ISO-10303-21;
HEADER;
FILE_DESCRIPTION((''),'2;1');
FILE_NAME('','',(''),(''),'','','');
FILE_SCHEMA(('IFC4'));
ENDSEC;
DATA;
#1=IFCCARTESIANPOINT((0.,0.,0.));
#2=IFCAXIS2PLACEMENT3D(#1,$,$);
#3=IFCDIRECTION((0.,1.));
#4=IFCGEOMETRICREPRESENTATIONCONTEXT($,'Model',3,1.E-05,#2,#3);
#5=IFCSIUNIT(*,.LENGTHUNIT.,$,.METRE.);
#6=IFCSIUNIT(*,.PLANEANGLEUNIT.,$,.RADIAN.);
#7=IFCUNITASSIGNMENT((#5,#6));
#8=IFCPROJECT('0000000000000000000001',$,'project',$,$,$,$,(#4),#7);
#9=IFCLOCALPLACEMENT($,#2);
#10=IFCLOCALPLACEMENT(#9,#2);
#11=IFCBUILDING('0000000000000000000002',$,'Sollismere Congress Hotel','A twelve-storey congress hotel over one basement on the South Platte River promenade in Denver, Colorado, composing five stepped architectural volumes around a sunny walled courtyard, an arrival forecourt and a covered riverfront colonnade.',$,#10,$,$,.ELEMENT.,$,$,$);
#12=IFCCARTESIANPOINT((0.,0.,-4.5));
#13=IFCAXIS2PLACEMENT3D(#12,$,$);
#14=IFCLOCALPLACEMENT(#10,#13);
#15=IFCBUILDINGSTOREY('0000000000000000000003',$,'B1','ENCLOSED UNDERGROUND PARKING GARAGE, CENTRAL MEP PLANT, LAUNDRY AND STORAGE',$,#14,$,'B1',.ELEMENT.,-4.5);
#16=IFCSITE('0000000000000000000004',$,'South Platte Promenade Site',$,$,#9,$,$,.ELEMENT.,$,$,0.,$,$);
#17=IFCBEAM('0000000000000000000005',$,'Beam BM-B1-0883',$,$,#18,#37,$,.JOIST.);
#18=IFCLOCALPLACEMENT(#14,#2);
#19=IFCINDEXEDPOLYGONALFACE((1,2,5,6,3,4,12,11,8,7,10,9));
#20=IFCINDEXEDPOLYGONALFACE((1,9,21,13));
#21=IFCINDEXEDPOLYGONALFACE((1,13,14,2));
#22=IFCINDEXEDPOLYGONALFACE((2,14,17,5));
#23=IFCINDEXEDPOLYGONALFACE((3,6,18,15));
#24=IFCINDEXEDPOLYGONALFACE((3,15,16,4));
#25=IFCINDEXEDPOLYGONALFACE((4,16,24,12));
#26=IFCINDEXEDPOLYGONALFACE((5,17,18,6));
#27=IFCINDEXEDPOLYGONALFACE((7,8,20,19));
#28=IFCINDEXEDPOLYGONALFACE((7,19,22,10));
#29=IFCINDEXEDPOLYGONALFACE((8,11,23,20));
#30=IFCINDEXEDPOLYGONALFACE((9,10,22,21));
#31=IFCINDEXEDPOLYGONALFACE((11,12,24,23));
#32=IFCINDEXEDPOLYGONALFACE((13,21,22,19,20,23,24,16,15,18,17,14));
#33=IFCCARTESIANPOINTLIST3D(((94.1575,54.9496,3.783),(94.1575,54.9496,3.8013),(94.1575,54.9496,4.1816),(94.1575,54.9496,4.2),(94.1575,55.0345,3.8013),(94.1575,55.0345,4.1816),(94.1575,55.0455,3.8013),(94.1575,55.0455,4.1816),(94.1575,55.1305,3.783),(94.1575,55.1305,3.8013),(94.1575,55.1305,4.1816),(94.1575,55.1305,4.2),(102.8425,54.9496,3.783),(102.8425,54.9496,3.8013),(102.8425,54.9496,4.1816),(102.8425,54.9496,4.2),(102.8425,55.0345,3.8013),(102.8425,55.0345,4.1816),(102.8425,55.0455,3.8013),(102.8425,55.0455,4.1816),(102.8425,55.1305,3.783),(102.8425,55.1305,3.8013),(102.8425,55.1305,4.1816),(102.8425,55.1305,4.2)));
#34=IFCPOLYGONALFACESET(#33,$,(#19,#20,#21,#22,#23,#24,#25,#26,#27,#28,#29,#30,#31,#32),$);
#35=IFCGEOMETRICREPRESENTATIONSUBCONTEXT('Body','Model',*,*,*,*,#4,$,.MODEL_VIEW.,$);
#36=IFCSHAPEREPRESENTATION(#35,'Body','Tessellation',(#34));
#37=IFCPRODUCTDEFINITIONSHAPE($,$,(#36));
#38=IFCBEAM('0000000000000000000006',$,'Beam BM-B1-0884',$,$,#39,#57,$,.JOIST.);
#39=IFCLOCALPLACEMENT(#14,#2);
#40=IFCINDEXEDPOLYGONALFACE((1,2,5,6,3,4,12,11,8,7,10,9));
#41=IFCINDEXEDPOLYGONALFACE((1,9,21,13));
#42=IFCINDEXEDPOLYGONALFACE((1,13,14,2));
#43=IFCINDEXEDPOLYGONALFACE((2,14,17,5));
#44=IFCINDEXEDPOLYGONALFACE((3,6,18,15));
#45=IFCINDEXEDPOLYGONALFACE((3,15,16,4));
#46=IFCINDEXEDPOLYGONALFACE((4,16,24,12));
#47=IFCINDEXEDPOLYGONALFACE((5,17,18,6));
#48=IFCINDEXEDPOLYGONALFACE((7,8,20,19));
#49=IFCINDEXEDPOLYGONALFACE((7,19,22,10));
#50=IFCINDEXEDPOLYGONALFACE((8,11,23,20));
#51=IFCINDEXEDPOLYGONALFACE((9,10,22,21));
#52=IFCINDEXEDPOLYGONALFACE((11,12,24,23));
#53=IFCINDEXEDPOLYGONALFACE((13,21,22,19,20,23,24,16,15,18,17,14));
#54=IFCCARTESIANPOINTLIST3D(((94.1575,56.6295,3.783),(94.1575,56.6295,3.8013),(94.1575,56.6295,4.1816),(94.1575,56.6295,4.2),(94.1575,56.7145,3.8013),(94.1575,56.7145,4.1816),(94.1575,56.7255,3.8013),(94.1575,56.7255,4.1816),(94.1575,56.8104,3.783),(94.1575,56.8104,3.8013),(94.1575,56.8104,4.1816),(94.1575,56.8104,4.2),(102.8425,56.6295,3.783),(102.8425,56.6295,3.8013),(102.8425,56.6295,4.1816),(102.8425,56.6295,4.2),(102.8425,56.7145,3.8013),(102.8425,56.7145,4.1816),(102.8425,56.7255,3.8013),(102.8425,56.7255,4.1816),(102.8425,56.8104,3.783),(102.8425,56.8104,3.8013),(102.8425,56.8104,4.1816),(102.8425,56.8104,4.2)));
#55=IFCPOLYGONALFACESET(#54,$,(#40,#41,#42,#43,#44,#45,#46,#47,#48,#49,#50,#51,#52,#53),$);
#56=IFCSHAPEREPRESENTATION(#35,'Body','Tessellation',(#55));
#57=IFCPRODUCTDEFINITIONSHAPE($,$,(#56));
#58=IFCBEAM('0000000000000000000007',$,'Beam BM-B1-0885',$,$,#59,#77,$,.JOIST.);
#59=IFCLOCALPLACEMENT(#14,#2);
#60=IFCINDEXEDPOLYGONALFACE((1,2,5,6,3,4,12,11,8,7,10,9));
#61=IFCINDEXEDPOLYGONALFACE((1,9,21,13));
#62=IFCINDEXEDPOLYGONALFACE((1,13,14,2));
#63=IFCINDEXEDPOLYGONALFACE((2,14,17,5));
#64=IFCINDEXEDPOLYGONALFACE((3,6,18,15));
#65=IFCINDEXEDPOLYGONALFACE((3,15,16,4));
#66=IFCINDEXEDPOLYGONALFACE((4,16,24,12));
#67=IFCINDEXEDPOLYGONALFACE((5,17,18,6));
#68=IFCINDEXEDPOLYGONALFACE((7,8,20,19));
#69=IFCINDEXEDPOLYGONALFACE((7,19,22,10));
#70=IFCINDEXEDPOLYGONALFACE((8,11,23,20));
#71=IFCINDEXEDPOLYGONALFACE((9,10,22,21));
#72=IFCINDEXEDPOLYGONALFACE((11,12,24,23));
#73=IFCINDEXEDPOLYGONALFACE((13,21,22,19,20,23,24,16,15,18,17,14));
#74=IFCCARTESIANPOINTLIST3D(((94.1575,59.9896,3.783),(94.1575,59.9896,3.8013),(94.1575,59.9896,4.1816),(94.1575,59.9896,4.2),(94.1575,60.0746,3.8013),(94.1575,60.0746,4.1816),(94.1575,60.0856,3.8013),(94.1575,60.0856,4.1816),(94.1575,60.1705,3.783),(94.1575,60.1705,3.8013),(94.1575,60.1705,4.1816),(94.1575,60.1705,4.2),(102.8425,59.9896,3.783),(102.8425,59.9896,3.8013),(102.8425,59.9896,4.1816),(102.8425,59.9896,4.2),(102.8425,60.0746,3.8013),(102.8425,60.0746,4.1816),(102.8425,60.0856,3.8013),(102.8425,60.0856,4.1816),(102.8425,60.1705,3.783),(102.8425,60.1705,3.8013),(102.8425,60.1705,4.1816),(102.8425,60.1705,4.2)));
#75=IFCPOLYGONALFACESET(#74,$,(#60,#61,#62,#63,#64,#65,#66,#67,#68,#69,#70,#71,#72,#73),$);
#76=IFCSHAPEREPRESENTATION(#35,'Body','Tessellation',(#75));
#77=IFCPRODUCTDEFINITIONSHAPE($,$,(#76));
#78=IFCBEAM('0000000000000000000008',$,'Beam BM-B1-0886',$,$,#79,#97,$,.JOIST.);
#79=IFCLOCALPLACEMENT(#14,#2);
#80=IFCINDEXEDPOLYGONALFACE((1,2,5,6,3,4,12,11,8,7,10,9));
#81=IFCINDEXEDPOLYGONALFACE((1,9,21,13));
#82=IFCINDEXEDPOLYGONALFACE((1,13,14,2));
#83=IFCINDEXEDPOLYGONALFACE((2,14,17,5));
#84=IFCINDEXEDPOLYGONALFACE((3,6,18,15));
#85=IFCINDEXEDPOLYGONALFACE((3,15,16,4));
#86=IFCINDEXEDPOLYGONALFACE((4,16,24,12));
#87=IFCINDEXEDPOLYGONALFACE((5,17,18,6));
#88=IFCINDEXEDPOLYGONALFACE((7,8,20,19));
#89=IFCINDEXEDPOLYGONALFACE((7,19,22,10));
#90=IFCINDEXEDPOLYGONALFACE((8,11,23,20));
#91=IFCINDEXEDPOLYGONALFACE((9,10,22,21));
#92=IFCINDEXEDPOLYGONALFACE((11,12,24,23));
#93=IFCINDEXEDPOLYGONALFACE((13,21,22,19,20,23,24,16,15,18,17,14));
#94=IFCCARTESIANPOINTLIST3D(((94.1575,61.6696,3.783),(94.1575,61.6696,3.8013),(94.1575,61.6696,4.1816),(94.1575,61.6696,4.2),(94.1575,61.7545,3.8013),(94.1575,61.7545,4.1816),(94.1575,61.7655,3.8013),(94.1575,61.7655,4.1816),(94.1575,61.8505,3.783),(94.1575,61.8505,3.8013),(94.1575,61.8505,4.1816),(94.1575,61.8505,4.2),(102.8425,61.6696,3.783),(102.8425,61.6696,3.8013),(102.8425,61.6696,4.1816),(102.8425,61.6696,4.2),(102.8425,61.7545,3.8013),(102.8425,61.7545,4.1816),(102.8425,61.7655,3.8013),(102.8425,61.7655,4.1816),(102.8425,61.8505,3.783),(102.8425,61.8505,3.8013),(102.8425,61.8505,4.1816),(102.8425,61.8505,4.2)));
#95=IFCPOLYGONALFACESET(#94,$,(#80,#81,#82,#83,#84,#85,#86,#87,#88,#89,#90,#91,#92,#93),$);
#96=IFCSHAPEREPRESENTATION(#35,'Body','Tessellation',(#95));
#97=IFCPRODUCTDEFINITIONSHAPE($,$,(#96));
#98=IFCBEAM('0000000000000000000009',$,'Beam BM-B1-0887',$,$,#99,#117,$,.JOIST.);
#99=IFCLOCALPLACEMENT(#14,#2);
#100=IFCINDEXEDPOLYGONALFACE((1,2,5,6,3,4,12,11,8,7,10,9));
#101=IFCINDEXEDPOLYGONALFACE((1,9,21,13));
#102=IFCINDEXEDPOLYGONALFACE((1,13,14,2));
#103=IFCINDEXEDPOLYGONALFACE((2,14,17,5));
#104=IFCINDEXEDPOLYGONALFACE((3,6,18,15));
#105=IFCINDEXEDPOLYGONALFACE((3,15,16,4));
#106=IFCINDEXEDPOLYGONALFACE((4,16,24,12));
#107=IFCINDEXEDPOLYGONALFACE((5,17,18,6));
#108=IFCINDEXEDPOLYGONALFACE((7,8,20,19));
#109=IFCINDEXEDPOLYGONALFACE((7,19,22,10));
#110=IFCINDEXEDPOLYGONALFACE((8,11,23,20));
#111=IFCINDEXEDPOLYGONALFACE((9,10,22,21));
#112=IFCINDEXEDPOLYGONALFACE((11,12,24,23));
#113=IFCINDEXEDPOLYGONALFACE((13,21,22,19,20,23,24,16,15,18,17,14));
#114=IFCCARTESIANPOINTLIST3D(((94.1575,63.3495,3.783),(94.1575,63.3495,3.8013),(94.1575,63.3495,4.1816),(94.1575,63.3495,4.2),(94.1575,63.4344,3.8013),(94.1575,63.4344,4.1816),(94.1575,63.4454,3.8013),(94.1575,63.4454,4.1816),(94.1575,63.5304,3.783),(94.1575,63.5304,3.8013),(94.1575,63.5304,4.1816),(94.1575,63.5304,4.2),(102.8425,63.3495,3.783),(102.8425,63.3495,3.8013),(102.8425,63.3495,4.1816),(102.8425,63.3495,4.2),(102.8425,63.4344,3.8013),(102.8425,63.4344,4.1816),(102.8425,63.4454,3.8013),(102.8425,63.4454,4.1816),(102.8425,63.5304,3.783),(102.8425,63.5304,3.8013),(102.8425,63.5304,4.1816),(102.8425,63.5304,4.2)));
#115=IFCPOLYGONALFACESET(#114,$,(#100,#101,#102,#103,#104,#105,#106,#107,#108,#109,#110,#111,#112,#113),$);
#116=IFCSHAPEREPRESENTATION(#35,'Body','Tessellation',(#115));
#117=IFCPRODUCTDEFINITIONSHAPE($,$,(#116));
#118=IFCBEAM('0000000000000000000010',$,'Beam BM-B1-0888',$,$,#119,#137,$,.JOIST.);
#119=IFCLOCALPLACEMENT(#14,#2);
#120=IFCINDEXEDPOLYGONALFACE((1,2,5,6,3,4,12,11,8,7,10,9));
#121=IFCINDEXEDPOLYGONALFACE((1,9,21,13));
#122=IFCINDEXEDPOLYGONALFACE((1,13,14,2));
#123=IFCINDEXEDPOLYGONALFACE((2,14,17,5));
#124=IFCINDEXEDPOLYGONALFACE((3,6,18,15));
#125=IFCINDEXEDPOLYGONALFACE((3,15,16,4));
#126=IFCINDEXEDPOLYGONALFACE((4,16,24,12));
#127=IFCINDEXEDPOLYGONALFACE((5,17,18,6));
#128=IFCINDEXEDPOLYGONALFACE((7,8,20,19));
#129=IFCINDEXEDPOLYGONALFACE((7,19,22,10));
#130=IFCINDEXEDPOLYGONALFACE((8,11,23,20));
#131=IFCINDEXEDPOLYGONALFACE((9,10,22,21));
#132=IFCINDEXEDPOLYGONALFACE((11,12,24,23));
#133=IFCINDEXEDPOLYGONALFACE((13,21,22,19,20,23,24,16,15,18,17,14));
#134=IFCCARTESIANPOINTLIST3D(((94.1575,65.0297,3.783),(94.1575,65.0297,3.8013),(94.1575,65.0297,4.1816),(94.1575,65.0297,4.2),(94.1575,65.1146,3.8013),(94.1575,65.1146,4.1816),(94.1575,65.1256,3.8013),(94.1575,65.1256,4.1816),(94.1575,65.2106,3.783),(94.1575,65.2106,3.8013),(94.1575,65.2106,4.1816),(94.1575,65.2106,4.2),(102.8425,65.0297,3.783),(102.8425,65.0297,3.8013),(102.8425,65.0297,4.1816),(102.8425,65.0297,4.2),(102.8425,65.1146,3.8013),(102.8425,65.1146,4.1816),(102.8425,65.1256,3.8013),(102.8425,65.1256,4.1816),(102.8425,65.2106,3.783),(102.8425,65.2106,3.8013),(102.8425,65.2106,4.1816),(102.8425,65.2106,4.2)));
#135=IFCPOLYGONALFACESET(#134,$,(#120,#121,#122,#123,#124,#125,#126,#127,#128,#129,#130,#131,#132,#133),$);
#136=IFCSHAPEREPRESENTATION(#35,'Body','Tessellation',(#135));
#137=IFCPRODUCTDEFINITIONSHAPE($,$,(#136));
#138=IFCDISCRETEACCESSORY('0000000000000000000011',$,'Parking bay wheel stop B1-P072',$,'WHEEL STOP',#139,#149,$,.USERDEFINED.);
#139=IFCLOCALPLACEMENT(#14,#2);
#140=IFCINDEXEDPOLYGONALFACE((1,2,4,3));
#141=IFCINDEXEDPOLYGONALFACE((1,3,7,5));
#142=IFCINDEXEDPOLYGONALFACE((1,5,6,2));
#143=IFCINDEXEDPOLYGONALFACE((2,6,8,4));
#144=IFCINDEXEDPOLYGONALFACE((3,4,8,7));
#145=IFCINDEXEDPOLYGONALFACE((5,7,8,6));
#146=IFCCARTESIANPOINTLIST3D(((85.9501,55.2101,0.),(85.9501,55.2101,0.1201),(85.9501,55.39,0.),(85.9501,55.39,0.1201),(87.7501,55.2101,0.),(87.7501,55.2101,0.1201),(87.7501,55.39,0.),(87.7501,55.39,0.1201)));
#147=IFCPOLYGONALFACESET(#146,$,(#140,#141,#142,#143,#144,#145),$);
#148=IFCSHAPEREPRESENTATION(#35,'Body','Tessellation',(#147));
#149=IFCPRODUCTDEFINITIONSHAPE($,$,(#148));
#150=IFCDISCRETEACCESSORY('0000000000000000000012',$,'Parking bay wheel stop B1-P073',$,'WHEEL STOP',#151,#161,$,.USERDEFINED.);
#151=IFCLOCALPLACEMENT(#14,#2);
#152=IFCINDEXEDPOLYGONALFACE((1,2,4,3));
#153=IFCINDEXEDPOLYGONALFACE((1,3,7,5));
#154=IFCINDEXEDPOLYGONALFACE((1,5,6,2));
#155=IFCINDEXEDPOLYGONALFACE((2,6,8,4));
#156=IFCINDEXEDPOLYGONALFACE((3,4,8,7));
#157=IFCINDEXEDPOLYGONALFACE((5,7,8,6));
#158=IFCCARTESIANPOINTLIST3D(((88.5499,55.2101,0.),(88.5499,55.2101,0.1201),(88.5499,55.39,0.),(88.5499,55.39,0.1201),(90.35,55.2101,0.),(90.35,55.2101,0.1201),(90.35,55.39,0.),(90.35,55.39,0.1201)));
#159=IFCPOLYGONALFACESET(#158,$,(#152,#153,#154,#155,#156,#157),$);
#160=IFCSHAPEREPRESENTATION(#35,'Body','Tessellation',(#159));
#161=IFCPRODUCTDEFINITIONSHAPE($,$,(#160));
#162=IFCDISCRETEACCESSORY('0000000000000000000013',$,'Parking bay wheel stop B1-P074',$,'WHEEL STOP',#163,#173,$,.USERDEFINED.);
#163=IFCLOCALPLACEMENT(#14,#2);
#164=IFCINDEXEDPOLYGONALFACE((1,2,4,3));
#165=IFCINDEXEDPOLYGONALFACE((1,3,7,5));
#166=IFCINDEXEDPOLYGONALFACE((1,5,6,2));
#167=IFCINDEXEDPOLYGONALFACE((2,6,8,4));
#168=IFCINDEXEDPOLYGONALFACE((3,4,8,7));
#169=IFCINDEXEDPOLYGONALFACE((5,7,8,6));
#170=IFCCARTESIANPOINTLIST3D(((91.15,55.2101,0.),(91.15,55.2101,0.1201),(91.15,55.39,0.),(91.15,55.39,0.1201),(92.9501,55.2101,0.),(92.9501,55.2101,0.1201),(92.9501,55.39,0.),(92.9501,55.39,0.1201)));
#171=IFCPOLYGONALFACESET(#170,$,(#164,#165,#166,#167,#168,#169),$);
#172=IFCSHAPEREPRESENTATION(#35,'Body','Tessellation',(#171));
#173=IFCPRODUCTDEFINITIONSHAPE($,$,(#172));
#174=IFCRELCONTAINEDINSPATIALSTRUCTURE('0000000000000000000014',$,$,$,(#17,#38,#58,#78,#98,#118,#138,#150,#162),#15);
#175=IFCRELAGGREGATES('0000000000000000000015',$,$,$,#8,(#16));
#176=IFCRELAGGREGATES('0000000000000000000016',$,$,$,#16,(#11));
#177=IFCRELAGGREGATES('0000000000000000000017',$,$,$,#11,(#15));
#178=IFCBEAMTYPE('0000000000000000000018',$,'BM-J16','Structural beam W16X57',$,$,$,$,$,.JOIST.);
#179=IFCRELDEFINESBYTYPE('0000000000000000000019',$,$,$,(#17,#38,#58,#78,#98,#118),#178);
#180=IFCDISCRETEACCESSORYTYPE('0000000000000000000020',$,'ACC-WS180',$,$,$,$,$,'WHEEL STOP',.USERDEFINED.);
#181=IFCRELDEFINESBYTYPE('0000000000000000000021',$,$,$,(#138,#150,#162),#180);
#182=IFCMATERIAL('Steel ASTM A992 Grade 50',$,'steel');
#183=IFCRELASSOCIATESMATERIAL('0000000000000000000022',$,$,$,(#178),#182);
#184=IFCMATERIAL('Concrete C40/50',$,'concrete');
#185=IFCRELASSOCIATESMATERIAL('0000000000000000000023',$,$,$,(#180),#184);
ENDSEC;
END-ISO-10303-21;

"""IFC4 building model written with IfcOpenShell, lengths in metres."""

from ifc_helpers import new_model, si_unit, direction, frame, origin, origin_2d, place, context, subcontext, project, spatial, rectangle, i_section, extrude, material, material_profile, profile_set, type_object, element, save


model = new_model("IFC4")

# Units and contexts
model_context = context("Model", 3, precision=1e-05, world=origin(), true_north=direction((0.0, 1.0)))
body_context = subcontext(model_context, "Body", "Model", "MODEL_VIEW")
ifc_project = project(units=[si_unit("LENGTHUNIT", "METRE"), si_unit("PLANEANGLEUNIT", "RADIAN")], contexts=[model_context])

# Site, building, storey
site_placement = place(None, origin())
site = spatial("IfcSite", under=ifc_project, at=site_placement, Name="South Platte Promenade Site", CompositionType="ELEMENT", RefElevation=0.0)
building_placement = place(site_placement, origin())
building = spatial("IfcBuilding", under=site, at=building_placement, Name="Sollismere Congress Hotel", Description="A twelve-storey congress hotel over one basement on the South Platte River promenade in Denver, Colorado, composing five stepped architectural volumes around a sunny walled courtyard, an arrival forecourt and a covered riverfront colonnade.", CompositionType="ELEMENT")
storey_placement = place(building_placement, frame((0.0, 0.0, -4.5)))
storey = spatial("IfcBuildingStorey", under=building, at=storey_placement, Name="B1", Description="ENCLOSED UNDERGROUND PARKING GARAGE, CENTRAL MEP PLANT, LAUNDRY AND STORAGE", LongName="B1", CompositionType="ELEMENT", Elevation=-4.5)

# Shared definitions
ifc_material_1 = material(Name="Concrete C40/50", Category="concrete")

# Beams
ifc_material_2 = material(Name="Steel ASTM A992 Grade 50", Category="steel")
ifc_material_profile_1 = material_profile(ifc_material_2, i_section(OverallWidth=0.1809, OverallDepth=0.417, WebThickness=0.011, FlangeThickness=0.0183, at=origin_2d()), Name="W16X57")
ifc_profile_set_1 = profile_set([ifc_material_profile_1], Name="Steel ASTM A992 Grade 50")
beam_type_1 = type_object("IfcBeamType", Name="BM-J16", Description="Structural beam W16X57", PredefinedType="JOIST", material=ifc_profile_set_1)
for number, where, z_axis, x_axis, name in (
    (1, (94.1575, 55.04, 3.9915), (1.0, 0.0, 0.0), (0.0, 1.0, 0.0), "Beam BM-B1-0883"),
    (2, (94.1575, 56.72, 3.9915), (1.0, 0.0, 0.0), (0.0, 1.0, 0.0), "Beam BM-B1-0884"),
    (3, (94.1575, 60.0801, 3.9915), (1.0, 0.0, 0.0), (0.0, 1.0, 0.0), "Beam BM-B1-0885"),
    (4, (94.1575, 61.76, 3.9915), (1.0, 0.0, 0.0), (0.0, 1.0, 0.0), "Beam BM-B1-0886"),
    (5, (94.1575, 63.4399, 3.9915), (1.0, 0.0, 0.0), (0.0, 1.0, 0.0), "Beam BM-B1-0887"),
    (6, (94.1575, 65.1201, 3.9915), (1.0, 0.0, 0.0), (0.0, 1.0, 0.0), "Beam BM-B1-0888"),
):
    element("IfcBeam", number, at=place(storey_placement, frame(where, z_axis=z_axis, x_axis=x_axis)), inside=storey, type_object=beam_type_1, Name=name, PredefinedType="JOIST", context=body_context, shape_type="SweptSolid", body=[
        extrude(i_section(OverallWidth=0.1809, OverallDepth=0.417, WebThickness=0.011, FlangeThickness=0.0183, at=origin_2d()), origin(), (0.0, 0.0, 1.0), 8.6851),
    ])

# Discrete accessories
discrete_accessory_type = type_object("IfcDiscreteAccessoryType", Name="ACC-WS180", ElementType="WHEEL STOP", PredefinedType="USERDEFINED", material=ifc_material_1)
for number, where, z_axis, x_axis, name in (
    (7, (86.8501, 55.3, 0.0), (0.0, 0.0, 1.0), (1.0, 0.0, 0.0), "Parking bay wheel stop B1-P072"),
    (8, (89.45, 55.3, 0.0), (0.0, 0.0, 1.0), (1.0, 0.0, 0.0), "Parking bay wheel stop B1-P073"),
    (9, (92.05, 55.3, 0.0), (0.0, 0.0, 1.0), (1.0, 0.0, 0.0), "Parking bay wheel stop B1-P074"),
):
    element("IfcDiscreteAccessory", number, at=place(storey_placement, frame(where, z_axis=z_axis, x_axis=x_axis)), inside=storey, type_object=discrete_accessory_type, Name=name, ObjectType="WHEEL STOP", PredefinedType="USERDEFINED", context=body_context, shape_type="SweptSolid", body=[
        extrude(rectangle(XDim=1.8, YDim=0.1799, at=origin_2d()), origin(), (0.0, 0.0, 1.0), 0.1201),
    ])

save(model, "model.ifc")
